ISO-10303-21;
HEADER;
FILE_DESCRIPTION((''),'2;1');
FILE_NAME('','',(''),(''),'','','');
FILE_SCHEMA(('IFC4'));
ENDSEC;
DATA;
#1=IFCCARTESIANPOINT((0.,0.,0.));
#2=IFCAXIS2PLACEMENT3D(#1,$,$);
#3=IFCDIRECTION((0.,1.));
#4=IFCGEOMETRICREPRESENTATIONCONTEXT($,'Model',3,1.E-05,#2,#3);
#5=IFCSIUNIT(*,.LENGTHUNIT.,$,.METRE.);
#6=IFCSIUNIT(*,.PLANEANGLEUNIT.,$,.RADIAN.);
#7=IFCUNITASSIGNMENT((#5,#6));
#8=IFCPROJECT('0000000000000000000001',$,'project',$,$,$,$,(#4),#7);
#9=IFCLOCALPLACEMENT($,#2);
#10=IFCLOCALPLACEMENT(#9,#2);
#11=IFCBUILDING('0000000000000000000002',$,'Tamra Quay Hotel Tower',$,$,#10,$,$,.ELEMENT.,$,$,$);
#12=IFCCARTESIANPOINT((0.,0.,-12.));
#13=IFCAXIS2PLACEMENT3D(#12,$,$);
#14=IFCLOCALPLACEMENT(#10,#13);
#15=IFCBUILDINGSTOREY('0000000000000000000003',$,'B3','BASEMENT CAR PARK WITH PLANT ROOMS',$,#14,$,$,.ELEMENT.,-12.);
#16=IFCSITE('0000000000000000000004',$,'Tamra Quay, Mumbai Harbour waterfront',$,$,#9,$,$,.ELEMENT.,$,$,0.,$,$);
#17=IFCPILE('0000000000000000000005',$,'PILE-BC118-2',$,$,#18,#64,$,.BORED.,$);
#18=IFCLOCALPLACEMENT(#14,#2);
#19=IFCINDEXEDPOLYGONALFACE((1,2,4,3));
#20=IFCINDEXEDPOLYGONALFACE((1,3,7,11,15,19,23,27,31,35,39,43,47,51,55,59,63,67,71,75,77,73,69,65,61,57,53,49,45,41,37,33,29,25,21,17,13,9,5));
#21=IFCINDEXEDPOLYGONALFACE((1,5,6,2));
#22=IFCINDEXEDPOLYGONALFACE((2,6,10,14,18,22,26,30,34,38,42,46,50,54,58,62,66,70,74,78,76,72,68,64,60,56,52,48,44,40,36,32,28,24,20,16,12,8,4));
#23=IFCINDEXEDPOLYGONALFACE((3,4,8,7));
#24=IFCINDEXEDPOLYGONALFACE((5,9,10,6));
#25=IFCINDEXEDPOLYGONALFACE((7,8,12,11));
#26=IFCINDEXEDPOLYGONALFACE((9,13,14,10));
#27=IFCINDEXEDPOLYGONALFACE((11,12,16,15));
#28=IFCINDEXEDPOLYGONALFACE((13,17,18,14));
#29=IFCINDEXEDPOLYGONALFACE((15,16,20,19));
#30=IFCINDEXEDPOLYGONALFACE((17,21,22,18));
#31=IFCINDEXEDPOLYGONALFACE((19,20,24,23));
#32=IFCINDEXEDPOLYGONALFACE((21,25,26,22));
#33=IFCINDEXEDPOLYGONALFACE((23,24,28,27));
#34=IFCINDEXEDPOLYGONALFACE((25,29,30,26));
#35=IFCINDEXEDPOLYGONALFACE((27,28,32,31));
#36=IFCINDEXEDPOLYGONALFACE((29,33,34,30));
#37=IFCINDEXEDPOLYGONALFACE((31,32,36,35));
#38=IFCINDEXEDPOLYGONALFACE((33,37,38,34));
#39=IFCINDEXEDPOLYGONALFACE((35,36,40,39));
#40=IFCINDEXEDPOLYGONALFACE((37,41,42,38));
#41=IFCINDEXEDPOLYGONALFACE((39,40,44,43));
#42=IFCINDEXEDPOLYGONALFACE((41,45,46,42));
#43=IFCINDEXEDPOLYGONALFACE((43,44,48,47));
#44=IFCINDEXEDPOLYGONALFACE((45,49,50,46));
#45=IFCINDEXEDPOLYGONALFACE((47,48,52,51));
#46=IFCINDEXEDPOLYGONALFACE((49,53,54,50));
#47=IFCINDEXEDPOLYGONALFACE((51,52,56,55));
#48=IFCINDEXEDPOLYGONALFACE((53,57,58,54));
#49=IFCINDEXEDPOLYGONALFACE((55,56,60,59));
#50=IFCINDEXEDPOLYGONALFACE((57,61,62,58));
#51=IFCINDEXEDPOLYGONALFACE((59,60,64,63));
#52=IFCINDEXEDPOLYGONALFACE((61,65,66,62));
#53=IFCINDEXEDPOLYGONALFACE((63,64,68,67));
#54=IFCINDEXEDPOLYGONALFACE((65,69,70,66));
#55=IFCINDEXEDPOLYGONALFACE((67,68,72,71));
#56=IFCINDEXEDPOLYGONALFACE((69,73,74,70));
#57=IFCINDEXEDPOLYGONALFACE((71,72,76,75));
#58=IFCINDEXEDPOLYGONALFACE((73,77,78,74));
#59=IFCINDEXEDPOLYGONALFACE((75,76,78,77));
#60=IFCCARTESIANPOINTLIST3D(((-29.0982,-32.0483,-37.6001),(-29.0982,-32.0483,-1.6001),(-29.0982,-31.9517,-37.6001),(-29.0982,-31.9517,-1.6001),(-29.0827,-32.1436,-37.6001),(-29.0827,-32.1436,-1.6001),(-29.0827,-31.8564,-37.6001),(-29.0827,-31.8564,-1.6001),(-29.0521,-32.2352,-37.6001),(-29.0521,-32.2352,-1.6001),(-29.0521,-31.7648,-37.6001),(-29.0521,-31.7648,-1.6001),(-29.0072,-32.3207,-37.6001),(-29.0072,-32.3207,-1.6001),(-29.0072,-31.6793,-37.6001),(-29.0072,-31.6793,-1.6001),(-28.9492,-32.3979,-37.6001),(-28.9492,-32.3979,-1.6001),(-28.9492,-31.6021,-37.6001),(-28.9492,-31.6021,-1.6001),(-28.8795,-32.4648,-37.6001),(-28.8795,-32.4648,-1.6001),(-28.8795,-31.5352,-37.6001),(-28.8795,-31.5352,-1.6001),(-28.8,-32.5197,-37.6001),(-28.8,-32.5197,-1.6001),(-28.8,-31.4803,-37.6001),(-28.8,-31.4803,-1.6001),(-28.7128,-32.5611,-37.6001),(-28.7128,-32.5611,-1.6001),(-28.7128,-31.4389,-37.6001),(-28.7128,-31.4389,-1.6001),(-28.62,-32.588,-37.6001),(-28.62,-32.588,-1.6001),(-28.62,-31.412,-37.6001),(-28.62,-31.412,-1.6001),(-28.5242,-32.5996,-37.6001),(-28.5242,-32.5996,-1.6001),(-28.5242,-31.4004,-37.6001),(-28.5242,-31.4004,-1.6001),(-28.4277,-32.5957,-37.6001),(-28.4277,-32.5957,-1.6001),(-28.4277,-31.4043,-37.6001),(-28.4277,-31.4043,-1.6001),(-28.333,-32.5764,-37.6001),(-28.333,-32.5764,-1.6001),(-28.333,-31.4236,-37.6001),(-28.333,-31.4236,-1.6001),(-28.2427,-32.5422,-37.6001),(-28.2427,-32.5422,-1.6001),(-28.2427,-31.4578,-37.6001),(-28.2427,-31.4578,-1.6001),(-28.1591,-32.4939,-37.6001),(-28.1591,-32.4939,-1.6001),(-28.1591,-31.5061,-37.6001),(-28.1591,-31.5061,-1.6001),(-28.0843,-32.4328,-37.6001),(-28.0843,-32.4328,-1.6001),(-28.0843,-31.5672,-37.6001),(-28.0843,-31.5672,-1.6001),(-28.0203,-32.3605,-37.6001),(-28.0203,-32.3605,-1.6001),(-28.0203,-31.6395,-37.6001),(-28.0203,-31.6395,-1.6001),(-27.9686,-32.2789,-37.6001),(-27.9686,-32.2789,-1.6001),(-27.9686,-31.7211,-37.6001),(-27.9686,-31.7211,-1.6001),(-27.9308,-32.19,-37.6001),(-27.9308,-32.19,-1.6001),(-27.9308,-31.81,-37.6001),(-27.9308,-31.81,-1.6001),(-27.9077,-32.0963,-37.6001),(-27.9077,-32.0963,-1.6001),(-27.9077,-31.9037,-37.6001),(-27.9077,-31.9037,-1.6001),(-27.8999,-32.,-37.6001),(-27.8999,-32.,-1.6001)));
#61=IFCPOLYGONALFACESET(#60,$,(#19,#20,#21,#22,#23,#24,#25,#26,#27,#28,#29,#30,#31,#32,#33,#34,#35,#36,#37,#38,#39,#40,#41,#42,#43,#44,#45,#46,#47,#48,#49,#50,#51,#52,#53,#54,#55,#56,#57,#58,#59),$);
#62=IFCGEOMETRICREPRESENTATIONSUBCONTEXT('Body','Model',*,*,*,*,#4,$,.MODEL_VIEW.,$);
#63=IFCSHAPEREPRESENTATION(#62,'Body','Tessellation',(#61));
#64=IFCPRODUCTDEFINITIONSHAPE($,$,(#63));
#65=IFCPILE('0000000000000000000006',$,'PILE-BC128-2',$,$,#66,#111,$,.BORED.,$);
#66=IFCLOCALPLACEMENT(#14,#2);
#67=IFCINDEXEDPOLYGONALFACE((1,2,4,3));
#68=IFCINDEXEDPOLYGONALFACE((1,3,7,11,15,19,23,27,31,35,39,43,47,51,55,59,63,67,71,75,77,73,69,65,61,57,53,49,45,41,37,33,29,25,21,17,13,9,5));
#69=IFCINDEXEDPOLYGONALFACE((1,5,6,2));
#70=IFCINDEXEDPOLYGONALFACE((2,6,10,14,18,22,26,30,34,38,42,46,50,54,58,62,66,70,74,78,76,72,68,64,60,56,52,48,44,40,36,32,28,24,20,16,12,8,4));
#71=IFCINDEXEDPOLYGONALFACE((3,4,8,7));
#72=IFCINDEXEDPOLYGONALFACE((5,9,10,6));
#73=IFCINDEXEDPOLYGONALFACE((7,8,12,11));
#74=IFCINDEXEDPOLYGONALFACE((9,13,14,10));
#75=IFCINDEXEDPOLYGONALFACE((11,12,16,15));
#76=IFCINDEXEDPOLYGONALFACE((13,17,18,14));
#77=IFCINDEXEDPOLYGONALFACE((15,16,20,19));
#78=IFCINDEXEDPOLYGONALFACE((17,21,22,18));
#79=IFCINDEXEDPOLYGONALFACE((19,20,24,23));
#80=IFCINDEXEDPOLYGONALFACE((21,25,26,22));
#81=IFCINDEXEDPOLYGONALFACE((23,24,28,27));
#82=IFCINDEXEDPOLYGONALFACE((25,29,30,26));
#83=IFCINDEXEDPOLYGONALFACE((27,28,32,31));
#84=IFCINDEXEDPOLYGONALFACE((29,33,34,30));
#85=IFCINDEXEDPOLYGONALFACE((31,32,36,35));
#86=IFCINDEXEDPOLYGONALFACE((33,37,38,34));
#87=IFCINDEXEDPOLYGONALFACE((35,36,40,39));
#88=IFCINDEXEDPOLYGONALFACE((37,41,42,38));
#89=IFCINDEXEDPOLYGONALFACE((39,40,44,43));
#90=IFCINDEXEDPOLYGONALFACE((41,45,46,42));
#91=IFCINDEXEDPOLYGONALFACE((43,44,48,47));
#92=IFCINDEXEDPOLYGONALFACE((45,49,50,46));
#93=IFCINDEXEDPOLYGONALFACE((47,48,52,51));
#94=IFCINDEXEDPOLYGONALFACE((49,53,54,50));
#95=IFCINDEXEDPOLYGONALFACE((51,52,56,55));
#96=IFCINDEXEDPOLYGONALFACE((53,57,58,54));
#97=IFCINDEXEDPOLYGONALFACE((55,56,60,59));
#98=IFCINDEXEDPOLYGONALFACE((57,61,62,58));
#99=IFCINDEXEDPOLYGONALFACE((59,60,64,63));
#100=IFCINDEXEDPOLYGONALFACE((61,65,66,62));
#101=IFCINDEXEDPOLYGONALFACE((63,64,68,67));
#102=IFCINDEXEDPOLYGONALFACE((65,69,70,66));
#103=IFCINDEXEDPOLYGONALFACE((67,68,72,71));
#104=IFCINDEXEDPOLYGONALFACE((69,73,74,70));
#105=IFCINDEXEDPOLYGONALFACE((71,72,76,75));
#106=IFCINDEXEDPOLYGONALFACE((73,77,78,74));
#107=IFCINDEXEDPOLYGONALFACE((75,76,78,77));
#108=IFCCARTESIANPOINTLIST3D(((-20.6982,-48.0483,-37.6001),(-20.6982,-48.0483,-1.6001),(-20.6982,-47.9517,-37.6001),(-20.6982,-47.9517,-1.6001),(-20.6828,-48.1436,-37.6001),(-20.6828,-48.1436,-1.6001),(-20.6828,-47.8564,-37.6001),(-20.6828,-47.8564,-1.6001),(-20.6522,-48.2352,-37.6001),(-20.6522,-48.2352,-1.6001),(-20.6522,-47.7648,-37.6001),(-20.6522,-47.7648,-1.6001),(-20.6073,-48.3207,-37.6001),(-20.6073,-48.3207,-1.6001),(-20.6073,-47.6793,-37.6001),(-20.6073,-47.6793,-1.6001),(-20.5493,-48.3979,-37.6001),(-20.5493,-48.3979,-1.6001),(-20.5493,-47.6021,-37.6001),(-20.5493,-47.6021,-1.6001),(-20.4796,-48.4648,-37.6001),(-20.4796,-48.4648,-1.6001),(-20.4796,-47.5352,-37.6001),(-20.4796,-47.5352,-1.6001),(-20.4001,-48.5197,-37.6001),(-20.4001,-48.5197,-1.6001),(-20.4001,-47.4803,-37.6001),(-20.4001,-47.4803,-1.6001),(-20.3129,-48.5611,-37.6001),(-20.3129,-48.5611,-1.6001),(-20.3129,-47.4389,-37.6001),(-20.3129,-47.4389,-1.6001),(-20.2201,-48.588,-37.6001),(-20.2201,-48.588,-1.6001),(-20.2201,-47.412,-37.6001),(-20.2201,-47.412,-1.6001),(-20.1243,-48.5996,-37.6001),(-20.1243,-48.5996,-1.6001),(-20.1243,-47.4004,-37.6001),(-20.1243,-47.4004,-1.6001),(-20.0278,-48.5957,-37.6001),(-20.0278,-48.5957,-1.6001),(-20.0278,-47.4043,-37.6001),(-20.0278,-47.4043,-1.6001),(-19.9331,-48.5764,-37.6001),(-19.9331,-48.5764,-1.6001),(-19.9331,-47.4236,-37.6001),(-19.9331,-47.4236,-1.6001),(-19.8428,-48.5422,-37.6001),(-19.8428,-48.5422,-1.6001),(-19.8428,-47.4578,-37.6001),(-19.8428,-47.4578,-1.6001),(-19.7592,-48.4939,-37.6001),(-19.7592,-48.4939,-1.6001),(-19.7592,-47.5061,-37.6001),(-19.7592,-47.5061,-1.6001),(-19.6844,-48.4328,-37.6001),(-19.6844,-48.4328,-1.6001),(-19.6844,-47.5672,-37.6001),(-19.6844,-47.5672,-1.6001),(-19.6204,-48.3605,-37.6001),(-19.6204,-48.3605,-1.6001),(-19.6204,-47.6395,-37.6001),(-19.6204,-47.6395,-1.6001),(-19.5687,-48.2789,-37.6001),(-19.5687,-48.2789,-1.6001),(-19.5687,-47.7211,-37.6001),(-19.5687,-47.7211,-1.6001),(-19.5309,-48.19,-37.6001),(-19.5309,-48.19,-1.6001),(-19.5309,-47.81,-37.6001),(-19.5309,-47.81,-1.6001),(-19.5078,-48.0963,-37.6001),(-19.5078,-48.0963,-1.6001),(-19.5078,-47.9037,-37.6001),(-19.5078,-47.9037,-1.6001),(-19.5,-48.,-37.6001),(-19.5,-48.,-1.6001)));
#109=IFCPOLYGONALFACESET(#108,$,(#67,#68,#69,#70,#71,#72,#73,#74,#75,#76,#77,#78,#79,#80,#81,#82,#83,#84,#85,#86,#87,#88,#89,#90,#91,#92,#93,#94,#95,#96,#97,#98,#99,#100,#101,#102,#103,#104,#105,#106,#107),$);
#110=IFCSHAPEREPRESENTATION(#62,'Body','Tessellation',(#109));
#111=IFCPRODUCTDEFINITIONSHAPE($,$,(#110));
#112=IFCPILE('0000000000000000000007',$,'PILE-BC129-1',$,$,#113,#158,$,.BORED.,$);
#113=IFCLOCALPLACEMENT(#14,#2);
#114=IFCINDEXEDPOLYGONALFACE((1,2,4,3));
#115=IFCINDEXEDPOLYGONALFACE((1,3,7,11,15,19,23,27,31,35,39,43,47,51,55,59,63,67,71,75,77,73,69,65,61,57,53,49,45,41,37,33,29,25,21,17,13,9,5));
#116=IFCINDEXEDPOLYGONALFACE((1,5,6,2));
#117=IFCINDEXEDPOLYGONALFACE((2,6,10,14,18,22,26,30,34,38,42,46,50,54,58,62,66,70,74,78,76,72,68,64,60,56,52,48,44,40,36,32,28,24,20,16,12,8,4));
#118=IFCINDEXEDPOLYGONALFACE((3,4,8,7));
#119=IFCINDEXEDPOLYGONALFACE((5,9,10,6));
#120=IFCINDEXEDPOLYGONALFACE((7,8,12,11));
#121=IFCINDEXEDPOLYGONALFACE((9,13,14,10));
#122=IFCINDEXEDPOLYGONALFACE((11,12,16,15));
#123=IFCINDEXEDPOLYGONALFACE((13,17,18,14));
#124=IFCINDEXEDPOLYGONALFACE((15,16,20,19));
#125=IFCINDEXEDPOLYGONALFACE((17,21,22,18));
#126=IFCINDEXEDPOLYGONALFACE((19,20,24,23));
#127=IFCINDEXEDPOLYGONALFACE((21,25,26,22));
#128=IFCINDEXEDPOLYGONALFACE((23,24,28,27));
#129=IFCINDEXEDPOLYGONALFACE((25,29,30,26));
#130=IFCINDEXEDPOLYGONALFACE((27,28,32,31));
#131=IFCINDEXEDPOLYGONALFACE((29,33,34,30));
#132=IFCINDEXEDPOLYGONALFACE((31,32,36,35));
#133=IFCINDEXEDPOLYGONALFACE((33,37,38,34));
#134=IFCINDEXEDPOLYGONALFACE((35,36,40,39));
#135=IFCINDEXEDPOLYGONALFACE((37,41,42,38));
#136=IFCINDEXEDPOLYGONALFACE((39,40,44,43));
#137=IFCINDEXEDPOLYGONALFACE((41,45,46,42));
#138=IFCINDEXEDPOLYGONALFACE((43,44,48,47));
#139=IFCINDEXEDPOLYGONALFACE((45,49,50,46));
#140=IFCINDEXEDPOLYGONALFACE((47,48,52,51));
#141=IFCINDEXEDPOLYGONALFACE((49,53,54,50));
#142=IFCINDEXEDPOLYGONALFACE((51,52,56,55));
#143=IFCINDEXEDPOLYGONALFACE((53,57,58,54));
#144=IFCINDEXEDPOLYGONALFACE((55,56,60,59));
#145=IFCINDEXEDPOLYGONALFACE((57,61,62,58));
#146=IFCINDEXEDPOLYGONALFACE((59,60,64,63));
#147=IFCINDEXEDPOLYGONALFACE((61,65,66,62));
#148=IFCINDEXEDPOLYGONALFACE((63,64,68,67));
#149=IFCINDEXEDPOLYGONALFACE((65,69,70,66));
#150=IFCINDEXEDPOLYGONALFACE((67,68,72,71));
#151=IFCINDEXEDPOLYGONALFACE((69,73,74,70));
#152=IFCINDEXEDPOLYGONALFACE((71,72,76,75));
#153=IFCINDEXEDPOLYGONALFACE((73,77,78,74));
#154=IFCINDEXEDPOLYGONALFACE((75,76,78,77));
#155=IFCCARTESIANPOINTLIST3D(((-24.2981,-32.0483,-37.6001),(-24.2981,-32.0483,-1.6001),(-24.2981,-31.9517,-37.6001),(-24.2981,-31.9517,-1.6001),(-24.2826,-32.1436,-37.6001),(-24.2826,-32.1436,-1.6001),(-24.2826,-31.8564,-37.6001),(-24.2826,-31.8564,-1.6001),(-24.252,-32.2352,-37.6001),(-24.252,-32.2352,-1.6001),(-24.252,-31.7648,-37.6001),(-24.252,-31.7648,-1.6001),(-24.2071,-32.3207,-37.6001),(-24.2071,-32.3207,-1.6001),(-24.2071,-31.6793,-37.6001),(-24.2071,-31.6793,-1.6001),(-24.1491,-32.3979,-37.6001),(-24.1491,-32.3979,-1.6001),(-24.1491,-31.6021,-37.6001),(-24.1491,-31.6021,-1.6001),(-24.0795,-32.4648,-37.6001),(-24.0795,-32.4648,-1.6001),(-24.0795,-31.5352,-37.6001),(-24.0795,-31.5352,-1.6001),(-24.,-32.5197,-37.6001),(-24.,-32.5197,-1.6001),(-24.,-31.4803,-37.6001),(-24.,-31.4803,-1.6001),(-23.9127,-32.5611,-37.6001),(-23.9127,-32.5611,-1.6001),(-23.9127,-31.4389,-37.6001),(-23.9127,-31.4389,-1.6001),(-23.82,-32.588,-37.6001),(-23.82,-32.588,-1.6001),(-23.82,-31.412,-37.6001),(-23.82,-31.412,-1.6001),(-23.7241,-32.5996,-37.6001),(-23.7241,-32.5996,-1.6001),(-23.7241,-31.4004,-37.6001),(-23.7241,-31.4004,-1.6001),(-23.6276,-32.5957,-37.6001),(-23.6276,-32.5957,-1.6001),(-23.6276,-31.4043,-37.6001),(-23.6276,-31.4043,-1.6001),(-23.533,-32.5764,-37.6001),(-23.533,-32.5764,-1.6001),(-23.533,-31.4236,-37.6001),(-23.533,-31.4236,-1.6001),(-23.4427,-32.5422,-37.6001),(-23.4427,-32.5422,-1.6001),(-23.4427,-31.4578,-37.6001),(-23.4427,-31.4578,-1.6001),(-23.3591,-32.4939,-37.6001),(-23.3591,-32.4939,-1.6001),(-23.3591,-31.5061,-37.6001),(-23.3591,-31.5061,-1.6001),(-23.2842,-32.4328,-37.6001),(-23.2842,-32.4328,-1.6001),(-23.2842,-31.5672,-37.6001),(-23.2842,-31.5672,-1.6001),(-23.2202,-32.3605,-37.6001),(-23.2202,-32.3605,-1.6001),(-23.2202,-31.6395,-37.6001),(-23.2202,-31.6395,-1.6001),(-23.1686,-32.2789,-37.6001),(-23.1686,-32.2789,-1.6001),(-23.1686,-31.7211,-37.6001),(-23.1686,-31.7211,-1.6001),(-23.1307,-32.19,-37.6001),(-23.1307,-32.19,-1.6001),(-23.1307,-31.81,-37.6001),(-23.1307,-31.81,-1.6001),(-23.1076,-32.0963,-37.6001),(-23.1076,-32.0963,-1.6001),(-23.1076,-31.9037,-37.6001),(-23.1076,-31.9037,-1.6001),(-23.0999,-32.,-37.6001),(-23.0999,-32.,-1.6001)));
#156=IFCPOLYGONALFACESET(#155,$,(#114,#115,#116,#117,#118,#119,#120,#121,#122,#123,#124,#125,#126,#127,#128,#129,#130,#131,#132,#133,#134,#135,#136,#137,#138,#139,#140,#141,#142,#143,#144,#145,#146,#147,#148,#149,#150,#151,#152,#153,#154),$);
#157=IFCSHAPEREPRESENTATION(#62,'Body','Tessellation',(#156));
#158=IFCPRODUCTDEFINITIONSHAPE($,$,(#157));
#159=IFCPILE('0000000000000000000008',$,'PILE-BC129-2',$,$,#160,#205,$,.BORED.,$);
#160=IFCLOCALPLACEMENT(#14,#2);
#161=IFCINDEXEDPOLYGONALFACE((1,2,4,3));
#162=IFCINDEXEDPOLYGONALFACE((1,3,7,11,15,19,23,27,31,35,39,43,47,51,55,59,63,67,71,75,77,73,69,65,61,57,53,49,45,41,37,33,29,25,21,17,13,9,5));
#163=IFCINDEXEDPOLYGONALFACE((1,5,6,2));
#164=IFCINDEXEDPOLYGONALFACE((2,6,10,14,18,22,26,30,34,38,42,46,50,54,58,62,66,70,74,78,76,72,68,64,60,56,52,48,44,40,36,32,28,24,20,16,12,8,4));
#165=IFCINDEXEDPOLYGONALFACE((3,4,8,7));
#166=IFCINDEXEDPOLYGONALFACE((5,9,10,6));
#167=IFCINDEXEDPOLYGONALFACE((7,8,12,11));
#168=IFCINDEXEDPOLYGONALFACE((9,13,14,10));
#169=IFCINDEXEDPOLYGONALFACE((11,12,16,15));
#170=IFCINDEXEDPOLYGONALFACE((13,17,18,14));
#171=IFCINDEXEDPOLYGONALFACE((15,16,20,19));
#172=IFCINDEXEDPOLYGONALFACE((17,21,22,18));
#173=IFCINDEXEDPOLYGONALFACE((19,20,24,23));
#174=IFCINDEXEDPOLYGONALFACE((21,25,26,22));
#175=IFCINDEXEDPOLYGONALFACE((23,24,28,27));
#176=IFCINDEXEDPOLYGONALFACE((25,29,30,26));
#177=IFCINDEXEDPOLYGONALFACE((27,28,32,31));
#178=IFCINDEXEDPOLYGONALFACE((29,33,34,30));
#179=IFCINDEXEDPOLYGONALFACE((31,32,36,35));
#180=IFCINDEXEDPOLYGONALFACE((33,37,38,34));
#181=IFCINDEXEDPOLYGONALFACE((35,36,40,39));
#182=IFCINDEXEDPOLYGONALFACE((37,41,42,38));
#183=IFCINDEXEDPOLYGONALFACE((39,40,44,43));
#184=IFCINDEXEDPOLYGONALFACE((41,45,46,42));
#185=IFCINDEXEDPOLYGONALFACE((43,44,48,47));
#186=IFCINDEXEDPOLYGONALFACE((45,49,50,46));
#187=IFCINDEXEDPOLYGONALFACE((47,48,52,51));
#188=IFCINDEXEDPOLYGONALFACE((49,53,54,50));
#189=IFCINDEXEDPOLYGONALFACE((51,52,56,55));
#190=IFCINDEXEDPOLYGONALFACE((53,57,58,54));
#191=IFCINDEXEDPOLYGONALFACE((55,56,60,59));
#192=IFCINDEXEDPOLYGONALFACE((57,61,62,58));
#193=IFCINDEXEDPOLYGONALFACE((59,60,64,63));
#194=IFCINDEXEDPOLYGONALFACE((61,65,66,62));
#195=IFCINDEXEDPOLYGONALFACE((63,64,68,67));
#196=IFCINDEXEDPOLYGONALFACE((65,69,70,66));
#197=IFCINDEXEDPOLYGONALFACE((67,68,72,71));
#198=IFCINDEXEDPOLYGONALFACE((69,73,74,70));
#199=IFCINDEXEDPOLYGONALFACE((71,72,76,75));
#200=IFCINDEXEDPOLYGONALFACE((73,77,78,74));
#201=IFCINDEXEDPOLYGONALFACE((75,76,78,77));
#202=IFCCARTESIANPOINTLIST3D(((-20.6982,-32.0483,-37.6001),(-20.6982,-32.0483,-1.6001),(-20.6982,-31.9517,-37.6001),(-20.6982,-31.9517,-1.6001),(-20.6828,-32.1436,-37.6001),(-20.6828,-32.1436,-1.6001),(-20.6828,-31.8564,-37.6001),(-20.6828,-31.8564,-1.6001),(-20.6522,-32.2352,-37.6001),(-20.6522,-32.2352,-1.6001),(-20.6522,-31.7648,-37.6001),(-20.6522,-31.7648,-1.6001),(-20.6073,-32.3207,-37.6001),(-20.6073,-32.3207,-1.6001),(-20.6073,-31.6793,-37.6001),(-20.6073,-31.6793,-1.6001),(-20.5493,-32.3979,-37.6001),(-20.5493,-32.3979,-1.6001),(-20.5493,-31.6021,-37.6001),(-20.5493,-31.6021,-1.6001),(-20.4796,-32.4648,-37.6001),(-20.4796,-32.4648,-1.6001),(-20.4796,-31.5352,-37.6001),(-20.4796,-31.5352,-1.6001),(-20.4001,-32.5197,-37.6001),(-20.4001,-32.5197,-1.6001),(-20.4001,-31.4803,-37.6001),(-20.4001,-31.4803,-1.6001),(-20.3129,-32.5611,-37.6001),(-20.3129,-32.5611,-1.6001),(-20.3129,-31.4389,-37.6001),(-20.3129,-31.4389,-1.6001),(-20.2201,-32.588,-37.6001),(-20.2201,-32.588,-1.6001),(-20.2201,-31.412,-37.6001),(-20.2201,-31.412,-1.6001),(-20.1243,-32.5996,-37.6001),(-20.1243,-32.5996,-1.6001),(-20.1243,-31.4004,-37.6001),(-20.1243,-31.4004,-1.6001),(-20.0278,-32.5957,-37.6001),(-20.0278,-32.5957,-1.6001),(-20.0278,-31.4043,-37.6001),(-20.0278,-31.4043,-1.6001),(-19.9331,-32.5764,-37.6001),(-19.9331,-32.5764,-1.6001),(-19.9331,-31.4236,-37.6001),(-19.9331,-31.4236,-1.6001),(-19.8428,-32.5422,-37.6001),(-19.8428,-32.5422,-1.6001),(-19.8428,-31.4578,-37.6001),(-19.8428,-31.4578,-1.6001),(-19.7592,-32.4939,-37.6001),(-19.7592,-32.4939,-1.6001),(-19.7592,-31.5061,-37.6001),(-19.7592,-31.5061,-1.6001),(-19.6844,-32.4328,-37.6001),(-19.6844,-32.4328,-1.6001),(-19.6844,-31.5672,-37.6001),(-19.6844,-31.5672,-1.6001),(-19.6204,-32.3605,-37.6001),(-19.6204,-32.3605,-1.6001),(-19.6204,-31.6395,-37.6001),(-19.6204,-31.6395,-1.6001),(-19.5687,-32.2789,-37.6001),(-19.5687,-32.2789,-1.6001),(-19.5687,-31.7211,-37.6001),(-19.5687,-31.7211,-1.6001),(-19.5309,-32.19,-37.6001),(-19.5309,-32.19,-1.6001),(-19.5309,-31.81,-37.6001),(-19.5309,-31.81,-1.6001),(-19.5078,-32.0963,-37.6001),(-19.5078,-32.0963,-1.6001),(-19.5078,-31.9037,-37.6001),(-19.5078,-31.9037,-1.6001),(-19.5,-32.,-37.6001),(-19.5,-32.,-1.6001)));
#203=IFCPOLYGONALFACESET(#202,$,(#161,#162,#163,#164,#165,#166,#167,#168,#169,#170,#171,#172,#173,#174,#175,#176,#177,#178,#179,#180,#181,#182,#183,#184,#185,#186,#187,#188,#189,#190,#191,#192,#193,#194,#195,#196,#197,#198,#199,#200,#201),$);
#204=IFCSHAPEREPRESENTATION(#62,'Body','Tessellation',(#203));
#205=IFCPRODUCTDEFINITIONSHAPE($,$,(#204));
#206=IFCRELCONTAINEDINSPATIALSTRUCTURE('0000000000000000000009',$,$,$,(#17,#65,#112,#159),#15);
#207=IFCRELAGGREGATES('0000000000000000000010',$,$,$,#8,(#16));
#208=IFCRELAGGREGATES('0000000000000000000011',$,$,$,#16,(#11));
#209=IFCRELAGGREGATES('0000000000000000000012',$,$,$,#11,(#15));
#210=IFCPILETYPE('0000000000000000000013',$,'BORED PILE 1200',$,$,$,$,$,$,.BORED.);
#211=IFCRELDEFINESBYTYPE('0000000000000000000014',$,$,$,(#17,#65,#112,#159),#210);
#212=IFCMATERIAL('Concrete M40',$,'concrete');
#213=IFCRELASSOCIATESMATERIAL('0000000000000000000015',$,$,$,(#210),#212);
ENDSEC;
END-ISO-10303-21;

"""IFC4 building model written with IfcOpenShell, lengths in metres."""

from ifc_helpers import new_model, si_unit, direction, frame, origin, origin_2d, place, context, subcontext, project, spatial, circle, extrude, material, material_profile, profile_set, type_object, element, save


model = new_model("IFC4")

# Units and contexts
model_context = context("Model", 3, precision=1e-05, world=origin(), true_north=direction((0.0, 1.0)))
body_context = subcontext(model_context, "Body", "Model", "MODEL_VIEW")
ifc_project = project(units=[si_unit("LENGTHUNIT", "METRE"), si_unit("PLANEANGLEUNIT", "RADIAN")], contexts=[model_context])

# Site, building, storey
site_placement = place(None, origin())
site = spatial("IfcSite", under=ifc_project, at=site_placement, Name="Tamra Quay, Mumbai Harbour waterfront", CompositionType="ELEMENT", RefElevation=0.0)
building_placement = place(site_placement, origin())
building = spatial("IfcBuilding", under=site, at=building_placement, Name="Tamra Quay Hotel Tower", CompositionType="ELEMENT")
storey_placement = place(building_placement, frame((0.0, 0.0, -12.0)))
storey = spatial("IfcBuildingStorey", under=building, at=storey_placement, Name="B3", Description="BASEMENT CAR PARK WITH PLANT ROOMS", CompositionType="ELEMENT", Elevation=-12.0)

# Piles
ifc_material_1 = material(Name="Concrete M40", Category="concrete")
ifc_material_profile_1 = material_profile(ifc_material_1, circle(Radius=0.6001, at=origin_2d()), Name="BORED PILE 1200")
ifc_profile_set_1 = profile_set([ifc_material_profile_1], Name="Concrete M40")
pile_type_1 = type_object("IfcPileType", Name="BORED PILE 1200", PredefinedType="BORED", material=ifc_profile_set_1)
for number, where, z_axis, x_axis, name in (
    (1, (-28.5, -32.0, -1.6001), (0.0, 0.0, -1.0), (1.0, 0.0, 0.0), "PILE-BC118-2"),
    (2, (-20.1001, -48.0, -1.6001), (0.0, 0.0, -1.0), (1.0, 0.0, 0.0), "PILE-BC128-2"),
    (3, (-23.7, -32.0, -1.6001), (0.0, 0.0, -1.0), (1.0, 0.0, 0.0), "PILE-BC129-1"),
    (4, (-20.1001, -32.0, -1.6001), (0.0, 0.0, -1.0), (1.0, 0.0, 0.0), "PILE-BC129-2"),
):
    element("IfcPile", number, at=place(storey_placement, frame(where, z_axis=z_axis, x_axis=x_axis)), inside=storey, type_object=pile_type_1, Name=name, PredefinedType="BORED", context=body_context, shape_type="SweptSolid", body=[
        extrude(circle(Radius=0.6001, at=origin_2d()), origin(), (0.0, 0.0, 1.0), 36.0),
    ])

save(model, "model.ifc")
